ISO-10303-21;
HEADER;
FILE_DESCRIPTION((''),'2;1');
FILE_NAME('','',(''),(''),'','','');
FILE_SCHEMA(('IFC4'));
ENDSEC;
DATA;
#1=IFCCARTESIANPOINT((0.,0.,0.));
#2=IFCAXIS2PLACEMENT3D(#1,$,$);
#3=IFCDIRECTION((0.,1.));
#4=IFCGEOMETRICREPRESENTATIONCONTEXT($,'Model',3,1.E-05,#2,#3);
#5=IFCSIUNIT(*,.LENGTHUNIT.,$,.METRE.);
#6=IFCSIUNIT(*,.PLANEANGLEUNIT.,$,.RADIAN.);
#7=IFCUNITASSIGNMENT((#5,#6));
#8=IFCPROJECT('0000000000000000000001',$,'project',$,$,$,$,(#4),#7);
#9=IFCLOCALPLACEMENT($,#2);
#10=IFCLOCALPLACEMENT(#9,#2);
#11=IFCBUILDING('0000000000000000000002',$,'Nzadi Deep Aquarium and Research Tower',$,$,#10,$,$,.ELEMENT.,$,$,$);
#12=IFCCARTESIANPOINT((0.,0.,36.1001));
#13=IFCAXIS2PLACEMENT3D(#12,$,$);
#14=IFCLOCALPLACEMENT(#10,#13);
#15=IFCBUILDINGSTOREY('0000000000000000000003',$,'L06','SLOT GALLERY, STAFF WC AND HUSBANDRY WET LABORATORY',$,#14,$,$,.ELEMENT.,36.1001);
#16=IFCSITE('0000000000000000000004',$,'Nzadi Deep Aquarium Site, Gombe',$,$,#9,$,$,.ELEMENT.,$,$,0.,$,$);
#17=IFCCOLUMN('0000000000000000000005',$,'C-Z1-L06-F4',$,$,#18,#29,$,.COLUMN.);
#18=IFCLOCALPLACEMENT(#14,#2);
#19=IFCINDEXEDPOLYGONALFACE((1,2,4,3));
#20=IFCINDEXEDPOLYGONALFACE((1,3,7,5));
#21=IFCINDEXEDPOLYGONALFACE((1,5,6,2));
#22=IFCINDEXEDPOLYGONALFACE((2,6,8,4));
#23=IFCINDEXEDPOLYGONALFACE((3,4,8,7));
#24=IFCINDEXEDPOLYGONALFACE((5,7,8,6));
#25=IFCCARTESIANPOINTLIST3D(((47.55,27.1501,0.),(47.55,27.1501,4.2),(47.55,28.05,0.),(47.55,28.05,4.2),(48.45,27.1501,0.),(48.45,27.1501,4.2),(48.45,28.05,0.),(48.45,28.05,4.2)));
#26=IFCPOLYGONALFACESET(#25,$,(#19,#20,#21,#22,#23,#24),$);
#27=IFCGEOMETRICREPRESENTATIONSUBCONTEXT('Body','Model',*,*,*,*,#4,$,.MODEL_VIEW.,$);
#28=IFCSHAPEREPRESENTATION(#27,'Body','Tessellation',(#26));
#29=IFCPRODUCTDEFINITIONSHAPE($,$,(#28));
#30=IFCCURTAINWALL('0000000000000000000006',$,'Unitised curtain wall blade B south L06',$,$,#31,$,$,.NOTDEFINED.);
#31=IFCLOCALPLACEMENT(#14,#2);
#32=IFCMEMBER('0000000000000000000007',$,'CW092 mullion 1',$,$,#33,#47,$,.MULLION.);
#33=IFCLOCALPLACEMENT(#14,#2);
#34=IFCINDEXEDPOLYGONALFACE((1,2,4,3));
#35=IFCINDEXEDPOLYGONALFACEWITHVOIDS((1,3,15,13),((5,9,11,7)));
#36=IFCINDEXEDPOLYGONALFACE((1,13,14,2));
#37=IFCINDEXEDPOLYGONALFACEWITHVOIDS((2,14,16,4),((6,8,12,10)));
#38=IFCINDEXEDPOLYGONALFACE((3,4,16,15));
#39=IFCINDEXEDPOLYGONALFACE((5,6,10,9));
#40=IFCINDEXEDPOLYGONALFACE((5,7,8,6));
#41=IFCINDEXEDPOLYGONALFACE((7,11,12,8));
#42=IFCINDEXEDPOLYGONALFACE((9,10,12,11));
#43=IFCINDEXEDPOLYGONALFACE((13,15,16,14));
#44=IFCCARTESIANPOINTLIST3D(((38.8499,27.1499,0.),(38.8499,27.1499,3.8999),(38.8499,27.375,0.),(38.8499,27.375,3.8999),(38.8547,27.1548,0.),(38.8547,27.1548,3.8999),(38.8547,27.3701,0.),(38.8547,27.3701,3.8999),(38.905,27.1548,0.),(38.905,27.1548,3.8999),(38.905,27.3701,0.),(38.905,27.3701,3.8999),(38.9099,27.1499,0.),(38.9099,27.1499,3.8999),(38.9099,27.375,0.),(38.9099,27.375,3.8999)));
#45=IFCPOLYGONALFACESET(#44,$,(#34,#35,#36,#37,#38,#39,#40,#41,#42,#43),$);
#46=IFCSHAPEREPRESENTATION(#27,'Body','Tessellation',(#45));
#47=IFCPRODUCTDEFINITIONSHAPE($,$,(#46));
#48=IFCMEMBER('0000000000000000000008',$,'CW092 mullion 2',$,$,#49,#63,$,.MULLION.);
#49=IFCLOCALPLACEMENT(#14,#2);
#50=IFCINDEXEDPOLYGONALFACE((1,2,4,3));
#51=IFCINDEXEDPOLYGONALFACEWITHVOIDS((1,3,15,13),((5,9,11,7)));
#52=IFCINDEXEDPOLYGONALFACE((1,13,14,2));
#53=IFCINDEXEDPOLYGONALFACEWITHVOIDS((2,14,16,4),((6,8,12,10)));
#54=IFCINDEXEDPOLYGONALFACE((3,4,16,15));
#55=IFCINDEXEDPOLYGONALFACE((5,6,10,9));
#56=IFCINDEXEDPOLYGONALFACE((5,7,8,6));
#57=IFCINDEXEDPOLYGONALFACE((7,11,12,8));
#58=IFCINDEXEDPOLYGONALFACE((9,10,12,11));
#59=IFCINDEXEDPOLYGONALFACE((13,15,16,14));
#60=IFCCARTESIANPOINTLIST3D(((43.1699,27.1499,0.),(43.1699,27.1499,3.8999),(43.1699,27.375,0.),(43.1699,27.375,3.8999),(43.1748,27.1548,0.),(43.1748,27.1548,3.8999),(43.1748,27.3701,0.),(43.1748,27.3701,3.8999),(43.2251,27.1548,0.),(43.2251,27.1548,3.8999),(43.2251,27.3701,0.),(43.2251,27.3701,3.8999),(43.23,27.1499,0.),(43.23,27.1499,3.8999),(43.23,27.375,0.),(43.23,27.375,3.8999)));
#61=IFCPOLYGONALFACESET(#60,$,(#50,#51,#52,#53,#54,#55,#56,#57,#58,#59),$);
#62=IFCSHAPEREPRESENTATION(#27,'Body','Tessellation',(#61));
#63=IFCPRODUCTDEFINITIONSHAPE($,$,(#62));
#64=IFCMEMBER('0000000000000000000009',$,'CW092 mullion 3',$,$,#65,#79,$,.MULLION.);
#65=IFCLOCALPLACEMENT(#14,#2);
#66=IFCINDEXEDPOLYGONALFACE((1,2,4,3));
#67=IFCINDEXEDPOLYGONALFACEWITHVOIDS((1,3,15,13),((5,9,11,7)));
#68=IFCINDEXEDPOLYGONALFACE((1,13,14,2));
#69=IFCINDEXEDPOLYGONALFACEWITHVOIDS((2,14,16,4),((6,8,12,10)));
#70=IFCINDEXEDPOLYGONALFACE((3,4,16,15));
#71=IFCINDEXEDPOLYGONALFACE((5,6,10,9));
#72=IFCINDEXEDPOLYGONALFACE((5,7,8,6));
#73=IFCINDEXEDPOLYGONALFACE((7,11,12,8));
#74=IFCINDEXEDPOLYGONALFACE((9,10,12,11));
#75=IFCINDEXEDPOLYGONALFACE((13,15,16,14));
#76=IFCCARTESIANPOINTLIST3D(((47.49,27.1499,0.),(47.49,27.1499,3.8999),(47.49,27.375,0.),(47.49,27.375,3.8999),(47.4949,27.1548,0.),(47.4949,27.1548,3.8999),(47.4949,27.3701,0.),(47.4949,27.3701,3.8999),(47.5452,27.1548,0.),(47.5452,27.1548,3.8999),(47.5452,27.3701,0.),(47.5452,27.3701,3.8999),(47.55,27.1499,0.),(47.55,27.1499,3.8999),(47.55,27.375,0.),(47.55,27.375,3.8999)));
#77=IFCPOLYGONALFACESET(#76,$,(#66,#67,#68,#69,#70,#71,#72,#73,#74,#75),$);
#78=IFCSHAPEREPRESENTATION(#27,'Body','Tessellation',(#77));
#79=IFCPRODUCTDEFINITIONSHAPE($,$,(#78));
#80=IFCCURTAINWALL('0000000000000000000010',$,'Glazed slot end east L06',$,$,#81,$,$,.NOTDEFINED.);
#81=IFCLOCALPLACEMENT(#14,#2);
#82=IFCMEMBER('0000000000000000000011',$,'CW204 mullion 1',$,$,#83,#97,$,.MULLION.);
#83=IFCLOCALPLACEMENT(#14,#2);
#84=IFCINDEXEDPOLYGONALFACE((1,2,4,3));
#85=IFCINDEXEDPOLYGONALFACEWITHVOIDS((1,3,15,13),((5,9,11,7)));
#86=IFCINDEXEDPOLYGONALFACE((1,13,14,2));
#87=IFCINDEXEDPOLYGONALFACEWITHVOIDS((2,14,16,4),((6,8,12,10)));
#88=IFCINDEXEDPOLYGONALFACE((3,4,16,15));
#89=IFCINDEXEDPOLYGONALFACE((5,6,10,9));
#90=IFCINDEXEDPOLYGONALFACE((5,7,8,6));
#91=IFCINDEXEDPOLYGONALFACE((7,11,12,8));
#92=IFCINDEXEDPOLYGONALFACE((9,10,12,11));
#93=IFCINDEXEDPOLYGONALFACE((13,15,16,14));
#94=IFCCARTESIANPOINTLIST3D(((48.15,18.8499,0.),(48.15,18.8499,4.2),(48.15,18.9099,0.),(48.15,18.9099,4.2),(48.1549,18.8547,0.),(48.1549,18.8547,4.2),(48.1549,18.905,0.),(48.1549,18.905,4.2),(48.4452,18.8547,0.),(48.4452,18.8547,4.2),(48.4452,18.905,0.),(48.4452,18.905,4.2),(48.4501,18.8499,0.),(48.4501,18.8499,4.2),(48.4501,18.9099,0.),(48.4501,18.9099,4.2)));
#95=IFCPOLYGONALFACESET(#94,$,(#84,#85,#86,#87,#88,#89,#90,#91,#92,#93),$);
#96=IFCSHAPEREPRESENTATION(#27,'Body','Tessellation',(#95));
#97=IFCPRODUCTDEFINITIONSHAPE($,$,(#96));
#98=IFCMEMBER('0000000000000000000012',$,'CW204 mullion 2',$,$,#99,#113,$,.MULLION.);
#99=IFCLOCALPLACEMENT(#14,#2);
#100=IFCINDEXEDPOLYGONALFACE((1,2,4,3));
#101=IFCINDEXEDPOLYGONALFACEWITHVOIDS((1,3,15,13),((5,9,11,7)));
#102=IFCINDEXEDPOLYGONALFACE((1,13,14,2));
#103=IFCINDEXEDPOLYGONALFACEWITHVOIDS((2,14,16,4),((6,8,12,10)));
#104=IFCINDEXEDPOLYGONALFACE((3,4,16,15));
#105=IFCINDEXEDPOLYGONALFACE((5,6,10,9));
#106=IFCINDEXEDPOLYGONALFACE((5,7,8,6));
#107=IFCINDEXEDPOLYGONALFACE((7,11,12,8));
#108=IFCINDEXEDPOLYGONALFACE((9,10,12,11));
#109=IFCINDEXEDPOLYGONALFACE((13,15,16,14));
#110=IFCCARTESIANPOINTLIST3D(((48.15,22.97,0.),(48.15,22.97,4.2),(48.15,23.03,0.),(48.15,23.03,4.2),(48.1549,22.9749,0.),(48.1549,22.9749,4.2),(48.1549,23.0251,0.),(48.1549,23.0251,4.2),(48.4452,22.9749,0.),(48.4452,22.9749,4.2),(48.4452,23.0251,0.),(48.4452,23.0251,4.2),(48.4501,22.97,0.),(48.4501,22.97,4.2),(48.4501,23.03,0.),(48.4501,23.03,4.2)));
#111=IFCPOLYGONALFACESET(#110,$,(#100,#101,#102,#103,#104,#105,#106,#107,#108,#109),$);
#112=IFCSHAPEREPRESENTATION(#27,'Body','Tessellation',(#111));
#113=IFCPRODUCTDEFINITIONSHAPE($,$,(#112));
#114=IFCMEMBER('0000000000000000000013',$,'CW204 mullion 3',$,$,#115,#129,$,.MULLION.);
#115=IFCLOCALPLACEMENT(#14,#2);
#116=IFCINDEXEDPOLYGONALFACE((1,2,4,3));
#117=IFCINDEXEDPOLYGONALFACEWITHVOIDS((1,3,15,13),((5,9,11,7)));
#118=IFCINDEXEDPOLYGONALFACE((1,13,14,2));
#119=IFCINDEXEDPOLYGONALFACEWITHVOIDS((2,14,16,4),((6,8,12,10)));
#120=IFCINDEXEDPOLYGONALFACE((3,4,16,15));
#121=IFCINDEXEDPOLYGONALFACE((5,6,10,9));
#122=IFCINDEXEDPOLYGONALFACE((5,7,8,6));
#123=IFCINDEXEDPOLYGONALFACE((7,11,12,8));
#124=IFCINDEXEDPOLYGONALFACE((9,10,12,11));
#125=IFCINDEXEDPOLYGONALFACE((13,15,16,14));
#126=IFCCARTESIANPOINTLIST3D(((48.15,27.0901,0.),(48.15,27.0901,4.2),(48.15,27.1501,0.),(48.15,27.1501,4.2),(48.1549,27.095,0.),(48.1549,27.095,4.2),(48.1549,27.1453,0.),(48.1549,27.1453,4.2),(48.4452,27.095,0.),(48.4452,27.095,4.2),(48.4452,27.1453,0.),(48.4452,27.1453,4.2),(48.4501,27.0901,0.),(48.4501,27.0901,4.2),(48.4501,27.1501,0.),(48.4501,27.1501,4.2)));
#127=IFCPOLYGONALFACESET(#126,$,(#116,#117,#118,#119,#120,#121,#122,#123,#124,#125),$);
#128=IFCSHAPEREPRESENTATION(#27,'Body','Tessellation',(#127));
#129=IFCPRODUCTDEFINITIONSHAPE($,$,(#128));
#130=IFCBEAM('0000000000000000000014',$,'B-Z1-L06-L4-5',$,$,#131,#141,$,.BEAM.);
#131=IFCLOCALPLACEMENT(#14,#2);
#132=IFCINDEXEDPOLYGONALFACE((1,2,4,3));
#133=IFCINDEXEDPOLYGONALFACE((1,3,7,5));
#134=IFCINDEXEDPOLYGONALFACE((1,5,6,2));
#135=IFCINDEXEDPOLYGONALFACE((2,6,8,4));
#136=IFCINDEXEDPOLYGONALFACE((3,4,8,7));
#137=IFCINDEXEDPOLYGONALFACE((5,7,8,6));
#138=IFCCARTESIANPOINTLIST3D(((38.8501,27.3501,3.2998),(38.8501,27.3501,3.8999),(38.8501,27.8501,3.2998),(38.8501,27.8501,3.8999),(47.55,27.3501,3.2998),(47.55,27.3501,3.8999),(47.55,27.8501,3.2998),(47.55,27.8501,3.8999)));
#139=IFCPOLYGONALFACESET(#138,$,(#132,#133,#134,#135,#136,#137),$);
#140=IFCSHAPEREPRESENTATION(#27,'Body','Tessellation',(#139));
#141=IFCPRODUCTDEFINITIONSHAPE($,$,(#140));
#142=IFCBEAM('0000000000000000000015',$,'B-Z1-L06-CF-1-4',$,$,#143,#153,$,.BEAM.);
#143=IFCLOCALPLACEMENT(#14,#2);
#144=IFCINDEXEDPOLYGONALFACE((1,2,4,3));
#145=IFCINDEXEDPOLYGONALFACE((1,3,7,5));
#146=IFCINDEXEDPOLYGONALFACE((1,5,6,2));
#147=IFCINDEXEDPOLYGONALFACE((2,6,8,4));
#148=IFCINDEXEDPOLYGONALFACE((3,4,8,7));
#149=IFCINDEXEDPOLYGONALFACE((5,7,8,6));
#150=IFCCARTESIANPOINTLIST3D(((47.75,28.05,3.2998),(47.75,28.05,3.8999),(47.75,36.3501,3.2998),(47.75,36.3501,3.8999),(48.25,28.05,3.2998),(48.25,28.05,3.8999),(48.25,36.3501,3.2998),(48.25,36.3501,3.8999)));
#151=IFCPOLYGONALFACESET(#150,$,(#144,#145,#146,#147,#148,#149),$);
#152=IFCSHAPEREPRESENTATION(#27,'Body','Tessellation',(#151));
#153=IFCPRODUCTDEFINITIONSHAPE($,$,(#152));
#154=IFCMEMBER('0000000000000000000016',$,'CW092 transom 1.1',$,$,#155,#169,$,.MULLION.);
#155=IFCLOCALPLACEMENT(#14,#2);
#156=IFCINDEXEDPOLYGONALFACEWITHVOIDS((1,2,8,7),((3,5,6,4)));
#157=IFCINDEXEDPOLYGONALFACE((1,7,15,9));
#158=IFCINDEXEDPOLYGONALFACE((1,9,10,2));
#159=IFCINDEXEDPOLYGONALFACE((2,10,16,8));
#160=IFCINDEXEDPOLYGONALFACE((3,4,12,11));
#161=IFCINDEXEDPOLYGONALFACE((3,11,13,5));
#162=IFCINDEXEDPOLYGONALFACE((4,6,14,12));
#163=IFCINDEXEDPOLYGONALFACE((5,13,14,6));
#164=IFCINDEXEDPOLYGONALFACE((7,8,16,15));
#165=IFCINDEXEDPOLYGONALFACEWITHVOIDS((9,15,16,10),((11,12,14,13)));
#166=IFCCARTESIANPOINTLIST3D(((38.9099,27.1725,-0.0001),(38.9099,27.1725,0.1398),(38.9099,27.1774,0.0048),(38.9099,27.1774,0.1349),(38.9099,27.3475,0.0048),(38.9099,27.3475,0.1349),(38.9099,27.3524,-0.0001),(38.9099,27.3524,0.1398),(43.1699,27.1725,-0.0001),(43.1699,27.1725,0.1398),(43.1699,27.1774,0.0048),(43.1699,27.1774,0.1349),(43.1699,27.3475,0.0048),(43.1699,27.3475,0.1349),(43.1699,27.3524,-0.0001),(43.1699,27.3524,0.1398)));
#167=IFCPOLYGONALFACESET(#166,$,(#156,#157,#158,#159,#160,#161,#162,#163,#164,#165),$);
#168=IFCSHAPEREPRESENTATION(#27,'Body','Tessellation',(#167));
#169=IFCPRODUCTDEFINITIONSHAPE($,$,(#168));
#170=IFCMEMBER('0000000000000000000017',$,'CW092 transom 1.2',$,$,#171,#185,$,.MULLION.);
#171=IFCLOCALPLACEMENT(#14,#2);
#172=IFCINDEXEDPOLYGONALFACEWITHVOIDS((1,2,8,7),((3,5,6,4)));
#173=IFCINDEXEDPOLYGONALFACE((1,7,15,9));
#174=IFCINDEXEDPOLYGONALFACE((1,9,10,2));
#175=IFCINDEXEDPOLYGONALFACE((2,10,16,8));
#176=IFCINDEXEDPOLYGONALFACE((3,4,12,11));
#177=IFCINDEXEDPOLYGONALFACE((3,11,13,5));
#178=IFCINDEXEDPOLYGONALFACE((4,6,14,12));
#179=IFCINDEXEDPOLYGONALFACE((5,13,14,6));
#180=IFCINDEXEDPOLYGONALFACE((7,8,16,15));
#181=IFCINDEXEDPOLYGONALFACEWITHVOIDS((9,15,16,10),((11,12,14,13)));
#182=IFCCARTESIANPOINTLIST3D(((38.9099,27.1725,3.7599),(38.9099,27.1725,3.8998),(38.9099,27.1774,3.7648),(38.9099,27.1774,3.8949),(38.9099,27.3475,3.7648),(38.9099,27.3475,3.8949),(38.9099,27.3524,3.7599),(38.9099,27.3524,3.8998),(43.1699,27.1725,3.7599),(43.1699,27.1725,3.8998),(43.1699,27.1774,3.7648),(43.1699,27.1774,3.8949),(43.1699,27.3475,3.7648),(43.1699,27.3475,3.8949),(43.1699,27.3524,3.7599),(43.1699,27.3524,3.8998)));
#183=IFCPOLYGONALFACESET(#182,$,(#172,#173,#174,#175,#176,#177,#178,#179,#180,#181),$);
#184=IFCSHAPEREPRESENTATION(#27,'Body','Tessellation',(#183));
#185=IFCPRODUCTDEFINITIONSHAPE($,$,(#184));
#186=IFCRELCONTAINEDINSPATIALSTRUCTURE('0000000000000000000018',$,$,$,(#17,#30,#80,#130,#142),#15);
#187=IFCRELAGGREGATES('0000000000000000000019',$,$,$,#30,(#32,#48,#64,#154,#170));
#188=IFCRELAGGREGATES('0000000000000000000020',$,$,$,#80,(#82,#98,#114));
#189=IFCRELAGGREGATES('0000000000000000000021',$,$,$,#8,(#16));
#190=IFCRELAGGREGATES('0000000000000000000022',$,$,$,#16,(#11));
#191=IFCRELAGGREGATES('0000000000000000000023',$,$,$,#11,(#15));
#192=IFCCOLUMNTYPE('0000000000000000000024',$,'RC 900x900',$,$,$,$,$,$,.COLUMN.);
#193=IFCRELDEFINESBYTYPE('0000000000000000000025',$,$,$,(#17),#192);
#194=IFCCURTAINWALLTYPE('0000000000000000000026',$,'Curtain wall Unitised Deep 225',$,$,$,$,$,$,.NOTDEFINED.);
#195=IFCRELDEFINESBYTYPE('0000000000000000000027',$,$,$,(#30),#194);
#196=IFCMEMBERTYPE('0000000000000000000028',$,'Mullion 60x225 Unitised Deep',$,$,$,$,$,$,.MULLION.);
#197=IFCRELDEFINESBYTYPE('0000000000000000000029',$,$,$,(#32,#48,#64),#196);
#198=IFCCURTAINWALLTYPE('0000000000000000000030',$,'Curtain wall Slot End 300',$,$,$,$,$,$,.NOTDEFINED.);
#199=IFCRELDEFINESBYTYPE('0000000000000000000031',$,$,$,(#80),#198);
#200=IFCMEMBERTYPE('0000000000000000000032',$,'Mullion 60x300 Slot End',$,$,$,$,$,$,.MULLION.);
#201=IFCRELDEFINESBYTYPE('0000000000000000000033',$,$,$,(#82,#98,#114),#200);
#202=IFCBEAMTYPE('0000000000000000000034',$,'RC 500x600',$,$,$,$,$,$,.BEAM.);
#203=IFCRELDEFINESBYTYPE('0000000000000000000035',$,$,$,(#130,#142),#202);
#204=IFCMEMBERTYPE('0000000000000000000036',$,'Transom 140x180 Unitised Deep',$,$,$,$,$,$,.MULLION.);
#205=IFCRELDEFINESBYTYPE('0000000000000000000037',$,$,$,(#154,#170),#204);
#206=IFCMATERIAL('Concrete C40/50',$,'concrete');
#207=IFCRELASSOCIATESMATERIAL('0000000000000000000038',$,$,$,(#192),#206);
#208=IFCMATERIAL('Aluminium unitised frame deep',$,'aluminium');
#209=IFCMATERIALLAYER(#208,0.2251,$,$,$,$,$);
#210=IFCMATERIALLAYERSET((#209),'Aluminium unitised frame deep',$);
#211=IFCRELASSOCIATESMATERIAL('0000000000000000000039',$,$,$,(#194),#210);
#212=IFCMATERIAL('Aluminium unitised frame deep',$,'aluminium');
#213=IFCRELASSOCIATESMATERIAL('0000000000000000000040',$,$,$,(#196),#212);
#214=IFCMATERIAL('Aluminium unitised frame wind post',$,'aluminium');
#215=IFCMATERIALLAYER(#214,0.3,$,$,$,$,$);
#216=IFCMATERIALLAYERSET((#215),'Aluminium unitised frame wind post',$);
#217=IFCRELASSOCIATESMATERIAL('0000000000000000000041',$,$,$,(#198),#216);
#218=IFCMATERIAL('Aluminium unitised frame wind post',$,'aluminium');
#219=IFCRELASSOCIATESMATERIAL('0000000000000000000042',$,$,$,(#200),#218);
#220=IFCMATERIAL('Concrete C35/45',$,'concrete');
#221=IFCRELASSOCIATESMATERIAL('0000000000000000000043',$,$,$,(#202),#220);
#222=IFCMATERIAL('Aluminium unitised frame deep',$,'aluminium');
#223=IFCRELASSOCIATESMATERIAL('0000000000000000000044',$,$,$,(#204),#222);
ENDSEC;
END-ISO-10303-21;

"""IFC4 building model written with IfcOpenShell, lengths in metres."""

from ifc_helpers import new_model, si_unit, direction, frame, origin, origin_2d, place, context, subcontext, project, spatial, rectangle, hollow_rectangle, extrude, material, layer, layer_set, material_profile, profile_set, type_object, element, aggregate, save


model = new_model("IFC4")

# Units and contexts
model_context = context("Model", 3, precision=1e-05, world=origin(), true_north=direction((0.0, 1.0)))
body_context = subcontext(model_context, "Body", "Model", "MODEL_VIEW")
ifc_project = project(units=[si_unit("LENGTHUNIT", "METRE"), si_unit("PLANEANGLEUNIT", "RADIAN")], contexts=[model_context])

# Site, building, storey
site_placement = place(None, origin())
site = spatial("IfcSite", under=ifc_project, at=site_placement, Name="Nzadi Deep Aquarium Site, Gombe", CompositionType="ELEMENT", RefElevation=0.0)
building_placement = place(site_placement, origin())
building = spatial("IfcBuilding", under=site, at=building_placement, Name="Nzadi Deep Aquarium and Research Tower", CompositionType="ELEMENT")
storey_placement = place(building_placement, frame((0.0, 0.0, 36.1001)))
storey = spatial("IfcBuildingStorey", under=building, at=storey_placement, Name="L06", Description="SLOT GALLERY, STAFF WC AND HUSBANDRY WET LABORATORY", CompositionType="ELEMENT", Elevation=36.1001)

# Column
ifc_material_1 = material(Name="Concrete C40/50", Category="concrete")
ifc_material_profile_1 = material_profile(ifc_material_1, rectangle(XDim=0.8999, YDim=0.8999, at=origin_2d()))
ifc_profile_set_1 = profile_set([ifc_material_profile_1], Name="Concrete C40/50")
column_type = type_object("IfcColumnType", Name="RC 900x900", PredefinedType="COLUMN", material=ifc_profile_set_1)
column_placement = place(storey_placement, frame((48.0, 27.6001, 0.0), z_axis=(0.0, 0.0, 1.0), x_axis=(1.0, 0.0, 0.0)))
element("IfcColumn", 1, at=column_placement, inside=storey, type_object=column_type, Name="C-Z1-L06-F4", PredefinedType="COLUMN", context=body_context, shape_type="SweptSolid", body=[
    extrude(rectangle(XDim=0.8999, YDim=0.8999, at=origin_2d()), origin(), (0.0, 0.0, 1.0), 4.2),
])

# Curtain walls, members
ifc_material_2 = material(Name="Aluminium unitised frame deep", Category="aluminium")
ifc_layer_1 = layer(ifc_material_2, 0.2251)
ifc_layer_set_1 = layer_set([ifc_layer_1], Name="Aluminium unitised frame deep")
curtain_wall_type_1 = type_object("IfcCurtainWallType", Name="Curtain wall Unitised Deep 225", PredefinedType="NOTDEFINED", material=ifc_layer_set_1)
curtain_wall_1_placement = place(storey_placement, origin())
curtain_wall_1 = element("IfcCurtainWall", 2, at=curtain_wall_1_placement, inside=storey, type_object=curtain_wall_type_1, Name="Unitised curtain wall blade B south L06", PredefinedType="NOTDEFINED")
ifc_material_3 = material(Name="Aluminium unitised frame deep", Category="aluminium")
ifc_material_profile_2 = material_profile(ifc_material_3, hollow_rectangle(XDim=0.2251, YDim=0.0601, WallThickness=0.0049, at=origin_2d()))
ifc_profile_set_2 = profile_set([ifc_material_profile_2], Name="Aluminium unitised frame deep")
member_type_1 = type_object("IfcMemberType", Name="Mullion 60x225 Unitised Deep", PredefinedType="MULLION", material=ifc_profile_set_2)
member_1_placement = place(storey_placement, frame((38.8799, 27.2625, 0.0), z_axis=(0.0, 0.0, 1.0), x_axis=(0.0, 1.0, 0.0)))
member_1 = element("IfcMember", 3, at=member_1_placement, type_object=member_type_1, Name="CW092 mullion 1", PredefinedType="MULLION", context=body_context, shape_type="SweptSolid", body=[
    extrude(hollow_rectangle(XDim=0.2251, YDim=0.0601, WallThickness=0.0049, at=origin_2d()), origin(), (0.0, 0.0, 1.0), 3.8999),
])
member_2_placement = place(storey_placement, frame((43.2, 27.2625, 0.0), z_axis=(0.0, 0.0, 1.0), x_axis=(0.0, 1.0, 0.0)))
member_2 = element("IfcMember", 4, at=member_2_placement, type_object=member_type_1, Name="CW092 mullion 2", PredefinedType="MULLION", context=body_context, shape_type="SweptSolid", body=[
    extrude(hollow_rectangle(XDim=0.2251, YDim=0.0601, WallThickness=0.0049, at=origin_2d()), origin(), (0.0, 0.0, 1.0), 3.8999),
])
member_3_placement = place(storey_placement, frame((47.52, 27.2625, 0.0), z_axis=(0.0, 0.0, 1.0), x_axis=(0.0, 1.0, 0.0)))
member_3 = element("IfcMember", 5, at=member_3_placement, type_object=member_type_1, Name="CW092 mullion 3", PredefinedType="MULLION", context=body_context, shape_type="SweptSolid", body=[
    extrude(hollow_rectangle(XDim=0.2251, YDim=0.0601, WallThickness=0.0049, at=origin_2d()), origin(), (0.0, 0.0, 1.0), 3.8999),
])
ifc_material_4 = material(Name="Aluminium unitised frame wind post", Category="aluminium")
ifc_layer_2 = layer(ifc_material_4, 0.3)
ifc_layer_set_2 = layer_set([ifc_layer_2], Name="Aluminium unitised frame wind post")
curtain_wall_type_2 = type_object("IfcCurtainWallType", Name="Curtain wall Slot End 300", PredefinedType="NOTDEFINED", material=ifc_layer_set_2)
curtain_wall_2_placement = place(storey_placement, origin())
curtain_wall_2 = element("IfcCurtainWall", 6, at=curtain_wall_2_placement, inside=storey, type_object=curtain_wall_type_2, Name="Glazed slot end east L06", PredefinedType="NOTDEFINED")
ifc_material_5 = material(Name="Aluminium unitised frame wind post", Category="aluminium")
ifc_material_profile_3 = material_profile(ifc_material_5, hollow_rectangle(XDim=0.3, YDim=0.0601, WallThickness=0.0049, at=origin_2d()))
ifc_profile_set_3 = profile_set([ifc_material_profile_3], Name="Aluminium unitised frame wind post")
member_type_2 = type_object("IfcMemberType", Name="Mullion 60x300 Slot End", PredefinedType="MULLION", material=ifc_profile_set_3)
member_4_placement = place(storey_placement, frame((48.3, 18.8799, 0.0), z_axis=(0.0, 0.0, 1.0), x_axis=(-1.0, 0.0, 0.0)))
member_4 = element("IfcMember", 7, at=member_4_placement, type_object=member_type_2, Name="CW204 mullion 1", PredefinedType="MULLION", context=body_context, shape_type="SweptSolid", body=[
    extrude(hollow_rectangle(XDim=0.3, YDim=0.0601, WallThickness=0.0049, at=origin_2d()), origin(), (0.0, 0.0, 1.0), 4.2),
])
member_5_placement = place(storey_placement, frame((48.3, 23.0, 0.0), z_axis=(0.0, 0.0, 1.0), x_axis=(-1.0, 0.0, 0.0)))
member_5 = element("IfcMember", 8, at=member_5_placement, type_object=member_type_2, Name="CW204 mullion 2", PredefinedType="MULLION", context=body_context, shape_type="SweptSolid", body=[
    extrude(hollow_rectangle(XDim=0.3, YDim=0.0601, WallThickness=0.0049, at=origin_2d()), origin(), (0.0, 0.0, 1.0), 4.2),
])
member_6_placement = place(storey_placement, frame((48.3, 27.1201, 0.0), z_axis=(0.0, 0.0, 1.0), x_axis=(-1.0, 0.0, 0.0)))
member_6 = element("IfcMember", 9, at=member_6_placement, type_object=member_type_2, Name="CW204 mullion 3", PredefinedType="MULLION", context=body_context, shape_type="SweptSolid", body=[
    extrude(hollow_rectangle(XDim=0.3, YDim=0.0601, WallThickness=0.0049, at=origin_2d()), origin(), (0.0, 0.0, 1.0), 4.2),
])

# Beams
ifc_material_6 = material(Name="Concrete C35/45", Category="concrete")
ifc_material_profile_4 = material_profile(ifc_material_6, rectangle(XDim=0.5, YDim=0.6001, at=origin_2d()))
ifc_profile_set_4 = profile_set([ifc_material_profile_4], Name="Concrete C35/45")
beam_type = type_object("IfcBeamType", Name="RC 500x600", PredefinedType="BEAM", material=ifc_profile_set_4)
beam_1_placement = place(storey_placement, frame((38.8501, 27.6001, 3.5999), z_axis=(1.0, 0.0, 0.0), x_axis=(0.0, 1.0, 0.0)))
element("IfcBeam", 10, at=beam_1_placement, inside=storey, type_object=beam_type, Name="B-Z1-L06-L4-5", PredefinedType="BEAM", context=body_context, shape_type="SweptSolid", body=[
    extrude(rectangle(XDim=0.5, YDim=0.6001, at=origin_2d()), origin(), (0.0, 0.0, 1.0), 8.7),
])
beam_2_placement = place(storey_placement, frame((48.0, 28.05, 3.5999), z_axis=(0.0, 1.0, 0.0), x_axis=(-1.0, 0.0, 0.0)))
element("IfcBeam", 11, at=beam_2_placement, inside=storey, type_object=beam_type, Name="B-Z1-L06-CF-1-4", PredefinedType="BEAM", context=body_context, shape_type="SweptSolid", body=[
    extrude(rectangle(XDim=0.5, YDim=0.6001, at=origin_2d()), origin(), (0.0, 0.0, 1.0), 8.3),
])

# Members
ifc_material_7 = material(Name="Aluminium unitised frame deep", Category="aluminium")
ifc_material_profile_5 = material_profile(ifc_material_7, hollow_rectangle(XDim=0.1799, YDim=0.1399, WallThickness=0.0049, at=origin_2d()))
ifc_profile_set_5 = profile_set([ifc_material_profile_5], Name="Aluminium unitised frame deep")
member_type_3 = type_object("IfcMemberType", Name="Transom 140x180 Unitised Deep", PredefinedType="MULLION", material=ifc_profile_set_5)
member_7_placement = place(storey_placement, frame((38.9099, 27.2625, 0.0698), z_axis=(1.0, 0.0, 0.0), x_axis=(0.0, 1.0, 0.0)))
member_7 = element("IfcMember", 12, at=member_7_placement, type_object=member_type_3, Name="CW092 transom 1.1", PredefinedType="MULLION", context=body_context, shape_type="SweptSolid", body=[
    extrude(hollow_rectangle(XDim=0.1799, YDim=0.1399, WallThickness=0.0049, at=origin_2d()), origin(), (0.0, 0.0, 1.0), 4.26),
])
member_8_placement = place(storey_placement, frame((38.9099, 27.2625, 3.8298), z_axis=(1.0, 0.0, 0.0), x_axis=(0.0, 1.0, 0.0)))
member_8 = element("IfcMember", 13, at=member_8_placement, type_object=member_type_3, Name="CW092 transom 1.2", PredefinedType="MULLION", context=body_context, shape_type="SweptSolid", body=[
    extrude(hollow_rectangle(XDim=0.1799, YDim=0.1399, WallThickness=0.0049, at=origin_2d()), origin(), (0.0, 0.0, 1.0), 4.26),
])

aggregate(curtain_wall_1, [member_1, member_2, member_3, member_7, member_8])
aggregate(curtain_wall_2, [member_4, member_5, member_6])

save(model, "model.ifc")
